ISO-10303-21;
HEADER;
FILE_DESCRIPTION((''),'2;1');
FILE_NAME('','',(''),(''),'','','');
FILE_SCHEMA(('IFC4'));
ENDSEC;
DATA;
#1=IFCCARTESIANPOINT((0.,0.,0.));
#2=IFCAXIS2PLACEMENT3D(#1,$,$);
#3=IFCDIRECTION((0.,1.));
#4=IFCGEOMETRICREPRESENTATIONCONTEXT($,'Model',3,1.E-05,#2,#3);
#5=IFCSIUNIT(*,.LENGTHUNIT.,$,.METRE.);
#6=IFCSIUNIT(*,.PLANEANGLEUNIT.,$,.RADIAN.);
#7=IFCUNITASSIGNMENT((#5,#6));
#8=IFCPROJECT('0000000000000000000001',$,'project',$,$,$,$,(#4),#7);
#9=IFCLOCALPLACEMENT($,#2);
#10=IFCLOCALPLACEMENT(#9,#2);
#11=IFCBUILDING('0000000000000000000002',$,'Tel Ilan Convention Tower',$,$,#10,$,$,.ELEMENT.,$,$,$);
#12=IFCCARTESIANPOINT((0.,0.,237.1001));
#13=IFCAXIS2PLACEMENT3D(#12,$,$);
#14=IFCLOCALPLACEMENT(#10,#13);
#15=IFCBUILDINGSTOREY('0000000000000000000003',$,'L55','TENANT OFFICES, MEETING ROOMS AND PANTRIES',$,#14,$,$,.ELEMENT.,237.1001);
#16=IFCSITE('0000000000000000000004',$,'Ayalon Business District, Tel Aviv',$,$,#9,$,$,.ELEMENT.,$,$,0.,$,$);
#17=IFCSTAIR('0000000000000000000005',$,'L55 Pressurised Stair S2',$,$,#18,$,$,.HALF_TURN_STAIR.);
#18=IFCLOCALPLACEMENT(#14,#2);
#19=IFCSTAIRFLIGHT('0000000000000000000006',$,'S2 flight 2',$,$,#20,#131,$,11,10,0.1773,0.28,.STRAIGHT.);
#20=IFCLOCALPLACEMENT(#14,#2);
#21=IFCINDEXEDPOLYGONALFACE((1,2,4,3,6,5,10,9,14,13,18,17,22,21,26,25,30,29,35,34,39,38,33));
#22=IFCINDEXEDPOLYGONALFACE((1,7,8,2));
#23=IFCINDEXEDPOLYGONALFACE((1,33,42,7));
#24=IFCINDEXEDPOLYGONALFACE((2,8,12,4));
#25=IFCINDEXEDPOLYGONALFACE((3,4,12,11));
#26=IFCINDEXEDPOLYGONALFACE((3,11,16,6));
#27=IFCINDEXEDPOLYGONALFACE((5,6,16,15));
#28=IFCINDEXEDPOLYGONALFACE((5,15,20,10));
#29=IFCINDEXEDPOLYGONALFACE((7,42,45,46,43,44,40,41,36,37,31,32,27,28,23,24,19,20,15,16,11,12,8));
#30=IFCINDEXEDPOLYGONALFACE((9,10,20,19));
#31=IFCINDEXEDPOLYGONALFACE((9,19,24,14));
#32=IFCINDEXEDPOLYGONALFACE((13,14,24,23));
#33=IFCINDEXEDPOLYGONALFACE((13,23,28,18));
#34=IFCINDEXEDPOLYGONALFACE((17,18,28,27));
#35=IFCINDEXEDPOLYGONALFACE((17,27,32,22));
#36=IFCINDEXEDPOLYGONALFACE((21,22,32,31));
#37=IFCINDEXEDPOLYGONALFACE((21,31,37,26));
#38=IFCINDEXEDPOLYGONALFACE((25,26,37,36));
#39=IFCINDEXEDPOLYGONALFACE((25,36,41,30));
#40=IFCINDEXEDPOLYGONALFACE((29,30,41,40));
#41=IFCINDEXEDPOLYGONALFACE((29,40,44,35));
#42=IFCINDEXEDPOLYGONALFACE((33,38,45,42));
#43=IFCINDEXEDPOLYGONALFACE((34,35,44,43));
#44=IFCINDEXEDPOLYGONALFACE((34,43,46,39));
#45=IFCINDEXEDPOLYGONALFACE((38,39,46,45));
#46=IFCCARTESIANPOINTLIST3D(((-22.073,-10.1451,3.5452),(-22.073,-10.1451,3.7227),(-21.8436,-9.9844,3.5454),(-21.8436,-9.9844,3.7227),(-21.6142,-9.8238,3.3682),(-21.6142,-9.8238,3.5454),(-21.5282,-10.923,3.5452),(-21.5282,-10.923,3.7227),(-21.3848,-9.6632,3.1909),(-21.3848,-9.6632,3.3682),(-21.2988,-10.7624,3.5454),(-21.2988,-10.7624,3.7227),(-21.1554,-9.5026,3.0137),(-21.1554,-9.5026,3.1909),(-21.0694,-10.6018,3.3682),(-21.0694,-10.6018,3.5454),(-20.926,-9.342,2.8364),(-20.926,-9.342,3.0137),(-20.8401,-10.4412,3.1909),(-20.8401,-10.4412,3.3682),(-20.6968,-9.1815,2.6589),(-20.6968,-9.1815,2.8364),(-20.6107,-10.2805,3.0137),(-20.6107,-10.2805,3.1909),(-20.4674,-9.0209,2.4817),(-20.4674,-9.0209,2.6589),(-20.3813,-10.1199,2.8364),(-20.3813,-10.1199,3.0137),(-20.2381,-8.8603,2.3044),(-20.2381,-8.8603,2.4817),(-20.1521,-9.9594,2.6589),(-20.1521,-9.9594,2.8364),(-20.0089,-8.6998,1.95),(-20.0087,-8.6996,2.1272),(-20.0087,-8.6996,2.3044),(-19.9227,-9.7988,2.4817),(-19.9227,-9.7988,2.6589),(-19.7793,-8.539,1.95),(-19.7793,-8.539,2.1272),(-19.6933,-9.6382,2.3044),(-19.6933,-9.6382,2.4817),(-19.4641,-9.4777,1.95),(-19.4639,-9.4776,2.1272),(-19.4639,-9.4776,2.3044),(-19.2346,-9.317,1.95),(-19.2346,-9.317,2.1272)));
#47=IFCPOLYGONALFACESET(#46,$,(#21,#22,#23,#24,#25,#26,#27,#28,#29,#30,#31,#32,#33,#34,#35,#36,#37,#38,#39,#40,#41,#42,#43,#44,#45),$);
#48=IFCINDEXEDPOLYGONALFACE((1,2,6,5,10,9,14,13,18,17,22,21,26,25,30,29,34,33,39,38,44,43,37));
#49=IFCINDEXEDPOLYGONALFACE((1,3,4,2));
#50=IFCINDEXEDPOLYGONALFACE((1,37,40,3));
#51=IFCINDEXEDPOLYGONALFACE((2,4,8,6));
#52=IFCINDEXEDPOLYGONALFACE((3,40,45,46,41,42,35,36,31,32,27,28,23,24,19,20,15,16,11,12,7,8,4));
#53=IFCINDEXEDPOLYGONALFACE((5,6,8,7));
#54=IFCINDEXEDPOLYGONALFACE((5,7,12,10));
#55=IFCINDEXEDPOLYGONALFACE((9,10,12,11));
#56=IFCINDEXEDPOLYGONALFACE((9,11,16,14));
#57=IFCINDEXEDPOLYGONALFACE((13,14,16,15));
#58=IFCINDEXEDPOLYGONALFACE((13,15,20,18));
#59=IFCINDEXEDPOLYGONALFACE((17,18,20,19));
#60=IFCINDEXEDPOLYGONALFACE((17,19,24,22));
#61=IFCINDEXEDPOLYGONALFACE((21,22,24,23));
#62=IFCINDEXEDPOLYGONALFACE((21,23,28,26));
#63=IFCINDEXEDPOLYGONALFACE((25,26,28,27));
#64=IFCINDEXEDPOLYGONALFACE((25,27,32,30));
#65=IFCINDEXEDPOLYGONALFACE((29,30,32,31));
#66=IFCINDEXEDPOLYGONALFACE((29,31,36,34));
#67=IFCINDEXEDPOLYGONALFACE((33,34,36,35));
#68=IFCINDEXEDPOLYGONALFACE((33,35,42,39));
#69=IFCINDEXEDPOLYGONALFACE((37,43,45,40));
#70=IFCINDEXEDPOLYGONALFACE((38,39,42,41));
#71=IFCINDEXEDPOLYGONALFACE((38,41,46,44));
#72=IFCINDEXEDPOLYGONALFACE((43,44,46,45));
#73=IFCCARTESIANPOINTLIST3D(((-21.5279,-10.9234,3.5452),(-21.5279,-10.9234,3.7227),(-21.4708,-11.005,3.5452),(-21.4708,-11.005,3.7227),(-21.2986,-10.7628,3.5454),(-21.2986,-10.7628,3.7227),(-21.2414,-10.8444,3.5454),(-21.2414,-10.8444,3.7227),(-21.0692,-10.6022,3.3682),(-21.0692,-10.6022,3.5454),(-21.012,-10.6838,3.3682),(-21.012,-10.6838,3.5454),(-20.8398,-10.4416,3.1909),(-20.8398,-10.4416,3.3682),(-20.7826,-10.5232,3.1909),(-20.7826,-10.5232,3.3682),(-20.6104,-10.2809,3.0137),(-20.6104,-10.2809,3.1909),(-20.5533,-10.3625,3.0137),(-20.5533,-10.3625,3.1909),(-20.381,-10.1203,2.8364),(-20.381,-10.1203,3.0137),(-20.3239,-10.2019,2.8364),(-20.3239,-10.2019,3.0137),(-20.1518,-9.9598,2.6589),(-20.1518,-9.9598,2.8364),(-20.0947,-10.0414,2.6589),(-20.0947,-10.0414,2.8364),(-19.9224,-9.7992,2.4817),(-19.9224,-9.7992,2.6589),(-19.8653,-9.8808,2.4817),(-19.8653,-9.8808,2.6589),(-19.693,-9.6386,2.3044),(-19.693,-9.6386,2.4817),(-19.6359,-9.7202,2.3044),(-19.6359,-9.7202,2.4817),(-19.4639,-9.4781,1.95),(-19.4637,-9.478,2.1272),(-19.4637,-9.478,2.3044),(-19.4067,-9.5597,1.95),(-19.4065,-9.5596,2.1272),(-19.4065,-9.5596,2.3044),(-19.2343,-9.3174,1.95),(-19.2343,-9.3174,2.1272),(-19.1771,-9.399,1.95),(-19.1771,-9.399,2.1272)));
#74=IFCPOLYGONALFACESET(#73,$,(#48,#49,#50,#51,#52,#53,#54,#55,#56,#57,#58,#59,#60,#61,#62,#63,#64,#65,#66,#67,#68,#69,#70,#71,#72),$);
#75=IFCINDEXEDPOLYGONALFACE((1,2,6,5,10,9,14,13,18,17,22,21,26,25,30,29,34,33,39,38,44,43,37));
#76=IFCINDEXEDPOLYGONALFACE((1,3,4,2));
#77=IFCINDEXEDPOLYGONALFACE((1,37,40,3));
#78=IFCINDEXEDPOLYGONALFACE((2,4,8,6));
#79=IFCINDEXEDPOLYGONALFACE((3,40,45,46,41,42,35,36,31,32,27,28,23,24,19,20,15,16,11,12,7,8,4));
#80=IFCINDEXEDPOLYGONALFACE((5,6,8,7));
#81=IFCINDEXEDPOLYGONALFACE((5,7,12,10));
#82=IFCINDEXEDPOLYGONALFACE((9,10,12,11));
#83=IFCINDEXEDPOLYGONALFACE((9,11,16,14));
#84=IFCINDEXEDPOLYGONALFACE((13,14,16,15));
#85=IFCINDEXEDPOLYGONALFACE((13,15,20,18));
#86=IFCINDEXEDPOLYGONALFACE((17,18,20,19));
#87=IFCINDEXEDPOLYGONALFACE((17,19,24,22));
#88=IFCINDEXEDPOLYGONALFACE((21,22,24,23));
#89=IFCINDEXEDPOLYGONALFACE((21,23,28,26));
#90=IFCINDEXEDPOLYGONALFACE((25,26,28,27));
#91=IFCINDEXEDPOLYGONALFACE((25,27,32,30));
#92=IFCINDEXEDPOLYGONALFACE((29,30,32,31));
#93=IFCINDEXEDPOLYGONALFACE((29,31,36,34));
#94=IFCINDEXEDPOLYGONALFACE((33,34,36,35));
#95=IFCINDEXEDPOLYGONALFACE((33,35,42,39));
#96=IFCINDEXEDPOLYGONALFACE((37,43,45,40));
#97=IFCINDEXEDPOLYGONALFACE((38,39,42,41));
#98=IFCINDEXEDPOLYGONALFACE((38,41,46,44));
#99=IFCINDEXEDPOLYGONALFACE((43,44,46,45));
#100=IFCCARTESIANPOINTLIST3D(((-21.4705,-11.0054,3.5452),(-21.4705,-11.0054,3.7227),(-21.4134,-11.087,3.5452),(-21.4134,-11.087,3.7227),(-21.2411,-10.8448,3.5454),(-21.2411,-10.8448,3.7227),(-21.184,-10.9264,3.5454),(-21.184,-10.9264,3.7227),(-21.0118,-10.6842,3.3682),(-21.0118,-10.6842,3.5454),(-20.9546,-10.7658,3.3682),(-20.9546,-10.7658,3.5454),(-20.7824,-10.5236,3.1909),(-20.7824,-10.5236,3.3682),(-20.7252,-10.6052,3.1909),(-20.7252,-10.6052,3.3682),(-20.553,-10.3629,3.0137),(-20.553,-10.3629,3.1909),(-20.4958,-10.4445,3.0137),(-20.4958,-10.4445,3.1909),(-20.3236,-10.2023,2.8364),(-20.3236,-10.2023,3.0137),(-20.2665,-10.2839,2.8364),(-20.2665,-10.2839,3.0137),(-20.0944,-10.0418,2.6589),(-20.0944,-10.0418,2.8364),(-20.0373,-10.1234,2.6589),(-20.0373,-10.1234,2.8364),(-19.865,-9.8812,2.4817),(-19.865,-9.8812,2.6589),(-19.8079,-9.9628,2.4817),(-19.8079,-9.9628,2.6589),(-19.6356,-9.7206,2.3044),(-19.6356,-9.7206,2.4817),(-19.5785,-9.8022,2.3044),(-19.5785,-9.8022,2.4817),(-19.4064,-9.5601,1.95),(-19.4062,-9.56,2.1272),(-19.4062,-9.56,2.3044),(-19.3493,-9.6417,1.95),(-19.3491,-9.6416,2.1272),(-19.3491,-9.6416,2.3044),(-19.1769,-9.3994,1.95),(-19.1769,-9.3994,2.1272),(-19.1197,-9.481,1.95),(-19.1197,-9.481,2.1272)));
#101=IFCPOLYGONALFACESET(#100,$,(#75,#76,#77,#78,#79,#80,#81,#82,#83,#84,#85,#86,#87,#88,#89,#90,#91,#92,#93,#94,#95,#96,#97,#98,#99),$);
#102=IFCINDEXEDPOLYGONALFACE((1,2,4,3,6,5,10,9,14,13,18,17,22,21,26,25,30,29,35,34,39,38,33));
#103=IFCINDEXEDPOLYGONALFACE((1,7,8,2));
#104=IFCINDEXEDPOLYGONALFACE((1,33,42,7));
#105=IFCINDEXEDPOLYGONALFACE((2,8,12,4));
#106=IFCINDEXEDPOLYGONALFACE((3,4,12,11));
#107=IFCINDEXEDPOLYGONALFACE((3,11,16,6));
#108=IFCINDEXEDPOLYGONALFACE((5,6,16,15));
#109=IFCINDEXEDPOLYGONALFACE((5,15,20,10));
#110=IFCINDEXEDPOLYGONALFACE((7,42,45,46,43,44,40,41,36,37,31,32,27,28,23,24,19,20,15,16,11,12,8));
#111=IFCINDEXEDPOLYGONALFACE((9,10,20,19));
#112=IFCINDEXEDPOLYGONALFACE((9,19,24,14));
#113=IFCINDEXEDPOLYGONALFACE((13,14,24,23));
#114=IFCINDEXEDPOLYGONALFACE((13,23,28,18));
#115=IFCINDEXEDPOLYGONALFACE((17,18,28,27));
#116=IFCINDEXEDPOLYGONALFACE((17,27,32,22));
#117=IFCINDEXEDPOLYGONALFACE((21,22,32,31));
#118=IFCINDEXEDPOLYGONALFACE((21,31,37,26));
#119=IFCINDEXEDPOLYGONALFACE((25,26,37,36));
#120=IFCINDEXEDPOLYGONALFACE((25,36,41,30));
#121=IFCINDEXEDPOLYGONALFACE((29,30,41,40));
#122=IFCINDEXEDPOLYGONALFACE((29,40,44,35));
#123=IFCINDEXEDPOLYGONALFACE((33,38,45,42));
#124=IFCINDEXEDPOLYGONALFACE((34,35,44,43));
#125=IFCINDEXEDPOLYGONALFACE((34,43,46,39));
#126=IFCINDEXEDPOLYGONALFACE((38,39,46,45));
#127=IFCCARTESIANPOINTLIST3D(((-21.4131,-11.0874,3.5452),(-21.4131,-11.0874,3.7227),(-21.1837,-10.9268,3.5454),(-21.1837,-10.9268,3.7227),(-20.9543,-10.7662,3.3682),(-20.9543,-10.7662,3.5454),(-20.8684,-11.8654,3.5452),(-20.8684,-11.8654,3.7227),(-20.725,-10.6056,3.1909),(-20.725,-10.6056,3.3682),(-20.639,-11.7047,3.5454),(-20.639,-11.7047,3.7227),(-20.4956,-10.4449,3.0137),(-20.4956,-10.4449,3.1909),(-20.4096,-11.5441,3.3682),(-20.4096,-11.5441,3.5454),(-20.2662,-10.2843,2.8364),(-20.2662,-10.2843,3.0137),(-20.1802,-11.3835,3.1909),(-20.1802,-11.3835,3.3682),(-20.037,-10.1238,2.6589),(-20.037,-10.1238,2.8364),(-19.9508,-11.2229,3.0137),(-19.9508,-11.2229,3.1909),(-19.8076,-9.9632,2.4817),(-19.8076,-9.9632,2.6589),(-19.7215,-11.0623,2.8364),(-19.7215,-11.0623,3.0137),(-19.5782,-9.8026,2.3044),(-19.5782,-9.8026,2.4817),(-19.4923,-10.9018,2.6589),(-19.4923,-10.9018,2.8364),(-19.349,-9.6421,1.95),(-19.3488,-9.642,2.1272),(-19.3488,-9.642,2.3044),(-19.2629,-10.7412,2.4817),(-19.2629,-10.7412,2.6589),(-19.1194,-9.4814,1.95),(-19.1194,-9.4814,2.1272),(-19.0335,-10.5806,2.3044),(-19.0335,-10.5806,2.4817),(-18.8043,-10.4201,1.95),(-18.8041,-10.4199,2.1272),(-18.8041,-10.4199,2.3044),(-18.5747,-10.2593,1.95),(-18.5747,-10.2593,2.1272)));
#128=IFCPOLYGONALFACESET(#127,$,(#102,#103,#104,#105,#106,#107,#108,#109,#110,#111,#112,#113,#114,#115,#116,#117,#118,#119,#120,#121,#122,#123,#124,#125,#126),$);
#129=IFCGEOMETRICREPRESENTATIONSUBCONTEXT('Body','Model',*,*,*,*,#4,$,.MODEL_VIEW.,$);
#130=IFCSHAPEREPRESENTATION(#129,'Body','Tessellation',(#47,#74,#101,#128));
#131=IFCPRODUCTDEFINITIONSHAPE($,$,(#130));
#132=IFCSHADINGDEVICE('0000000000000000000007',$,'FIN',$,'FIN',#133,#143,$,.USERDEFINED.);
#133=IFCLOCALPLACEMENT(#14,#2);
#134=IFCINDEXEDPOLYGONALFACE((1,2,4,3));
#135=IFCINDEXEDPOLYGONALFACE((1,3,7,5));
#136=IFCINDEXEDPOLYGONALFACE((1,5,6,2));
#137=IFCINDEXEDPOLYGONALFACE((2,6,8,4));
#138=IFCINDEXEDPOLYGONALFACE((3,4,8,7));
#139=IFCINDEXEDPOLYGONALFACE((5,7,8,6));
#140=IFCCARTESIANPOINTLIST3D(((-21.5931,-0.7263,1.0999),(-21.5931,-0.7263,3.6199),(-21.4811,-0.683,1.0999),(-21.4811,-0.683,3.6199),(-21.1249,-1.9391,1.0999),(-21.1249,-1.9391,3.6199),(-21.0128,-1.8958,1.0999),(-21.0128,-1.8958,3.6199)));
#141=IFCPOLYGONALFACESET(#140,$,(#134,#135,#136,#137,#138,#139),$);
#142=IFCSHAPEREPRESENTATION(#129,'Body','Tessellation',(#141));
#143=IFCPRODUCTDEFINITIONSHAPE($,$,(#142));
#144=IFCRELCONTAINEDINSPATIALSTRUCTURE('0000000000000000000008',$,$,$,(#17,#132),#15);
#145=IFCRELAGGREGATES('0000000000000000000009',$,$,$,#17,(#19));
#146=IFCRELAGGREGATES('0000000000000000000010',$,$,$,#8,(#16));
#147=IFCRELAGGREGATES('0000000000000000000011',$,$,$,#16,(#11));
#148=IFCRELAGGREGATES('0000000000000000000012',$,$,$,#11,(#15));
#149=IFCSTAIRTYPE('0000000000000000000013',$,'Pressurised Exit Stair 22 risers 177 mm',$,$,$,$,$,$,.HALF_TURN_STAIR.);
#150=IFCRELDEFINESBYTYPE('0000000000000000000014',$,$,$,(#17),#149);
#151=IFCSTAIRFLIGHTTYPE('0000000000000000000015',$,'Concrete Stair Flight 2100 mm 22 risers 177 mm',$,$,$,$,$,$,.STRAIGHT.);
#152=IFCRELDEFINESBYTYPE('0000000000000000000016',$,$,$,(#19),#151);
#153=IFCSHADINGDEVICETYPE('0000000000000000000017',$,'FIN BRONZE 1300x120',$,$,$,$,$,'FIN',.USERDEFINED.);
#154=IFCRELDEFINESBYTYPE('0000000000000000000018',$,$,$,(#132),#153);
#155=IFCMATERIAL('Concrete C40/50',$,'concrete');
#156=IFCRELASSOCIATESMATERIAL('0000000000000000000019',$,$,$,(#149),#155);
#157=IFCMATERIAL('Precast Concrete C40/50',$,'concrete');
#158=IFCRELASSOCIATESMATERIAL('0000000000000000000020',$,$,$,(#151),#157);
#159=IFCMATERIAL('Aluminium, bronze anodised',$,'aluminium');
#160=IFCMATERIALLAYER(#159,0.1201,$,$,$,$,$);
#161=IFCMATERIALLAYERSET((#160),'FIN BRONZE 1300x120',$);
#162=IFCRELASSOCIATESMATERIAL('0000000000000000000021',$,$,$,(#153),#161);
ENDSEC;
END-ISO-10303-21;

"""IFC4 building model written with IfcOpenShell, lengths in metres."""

from ifc_helpers import new_model, si_unit, direction, frame, origin, origin_2d, place, context, subcontext, project, spatial, polyline, rectangle, outline, extrude, material, layer, layer_set, type_object, element, aggregate, save


model = new_model("IFC4")

# Units and contexts
model_context = context("Model", 3, precision=1e-05, world=origin(), true_north=direction((0.0, 1.0)))
body_context = subcontext(model_context, "Body", "Model", "MODEL_VIEW")
ifc_project = project(units=[si_unit("LENGTHUNIT", "METRE"), si_unit("PLANEANGLEUNIT", "RADIAN")], contexts=[model_context])

# Site, building, storey
site_placement = place(None, origin())
site = spatial("IfcSite", under=ifc_project, at=site_placement, Name="Ayalon Business District, Tel Aviv", CompositionType="ELEMENT", RefElevation=0.0)
building_placement = place(site_placement, origin())
building = spatial("IfcBuilding", under=site, at=building_placement, Name="Tel Ilan Convention Tower", CompositionType="ELEMENT")
storey_placement = place(building_placement, frame((0.0, 0.0, 237.1001)))
storey = spatial("IfcBuildingStorey", under=building, at=storey_placement, Name="L55", Description="TENANT OFFICES, MEETING ROOMS AND PANTRIES", CompositionType="ELEMENT", Elevation=237.1001)

# Stair, stair flight
ifc_material_1 = material(Name="Concrete C40/50", Category="concrete")
stair_type = type_object("IfcStairType", Name="Pressurised Exit Stair 22 risers 177 mm", PredefinedType="HALF_TURN_STAIR", material=ifc_material_1)
ifc_material_2 = material(Name="Precast Concrete C40/50", Category="concrete")
stair_flight_type = type_object("IfcStairFlightType", Name="Concrete Stair Flight 2100 mm 22 risers 177 mm", PredefinedType="STRAIGHT", material=ifc_material_2)
stair_1_placement = place(storey_placement, origin())
stair_1 = element("IfcStair", 1, at=stair_1_placement, inside=storey, type_object=stair_type, Name="L55 Pressurised Stair S2", PredefinedType="HALF_TURN_STAIR")
stair_flight_1_placement = place(storey_placement, frame((-19.177, -9.3992, 1.95), z_axis=(0.0, 0.0, 1.0), x_axis=(-0.819152, -0.573576, 0.0)))
stair_flight_1 = element("IfcStairFlight", 2, at=stair_flight_1_placement, type_object=stair_flight_type, Name="S2 flight 2", NumberOfRisers=11, NumberOfTreads=10, PredefinedType="STRAIGHT", RiserHeight=0.1773, TreadLength=0.28, context=body_context, shape_type="SweptSolid", body=[
    extrude(outline(polyline([(0.0, 0.0), (0.0, 0.1772), (0.28, 0.1772), (0.28, 0.3545), (0.5601, 0.3545), (0.5601, 0.5317), (0.8401, 0.5317), (0.8401, 0.709), (1.1201, 0.709), (1.1201, 0.8865), (1.3999, 0.8865), (1.3999, 1.0637), (1.6799, 1.0637), (1.6799, 1.241), (1.96, 1.241), (1.96, 1.4182), (2.24, 1.4182), (2.24, 1.5955), (2.52, 1.5955), (2.52, 1.7727), (2.8, 1.7727), (2.8, 1.95), (2.8, 1.5952), (0.2803, 0.0), (0.0, 0.0)])), frame((0.0, -0.1003, 0.0), z_axis=(0.0, -1.0, 0.0), x_axis=(1.0, 0.0, 0.0)), (0.0, 0.0, 1.0), 0.9497),
    extrude(outline(polyline([(0.0, 0.0), (0.0, 0.1772), (0.28, 0.1772), (0.28, 0.3545), (0.5601, 0.3545), (0.5601, 0.5317), (0.8401, 0.5317), (0.8401, 0.709), (1.1201, 0.709), (1.1201, 0.8865), (1.3999, 0.8865), (1.3999, 1.0637), (1.6799, 1.0637), (1.6799, 1.241), (1.96, 1.241), (1.96, 1.4182), (2.24, 1.4182), (2.24, 1.5955), (2.52, 1.5955), (2.52, 1.7727), (2.8, 1.7727), (2.8, 1.95), (2.8, 1.5952), (0.2803, 0.0), (0.0, 0.0)])), frame((0.0, -0.0002, 0.0), z_axis=(0.0, -1.0, 0.0), x_axis=(1.0, 0.0, 0.0)), (0.0, 0.0, 1.0), 0.0996),
    extrude(outline(polyline([(0.0, 0.0), (0.0, 0.1772), (0.28, 0.1772), (0.28, 0.3545), (0.5601, 0.3545), (0.5601, 0.5317), (0.8401, 0.5317), (0.8401, 0.709), (1.1201, 0.709), (1.1201, 0.8865), (1.3999, 0.8865), (1.3999, 1.0637), (1.6799, 1.0637), (1.6799, 1.241), (1.96, 1.241), (1.96, 1.4182), (2.24, 1.4182), (2.24, 1.5955), (2.52, 1.5955), (2.52, 1.7727), (2.8, 1.7727), (2.8, 1.95), (2.8, 1.5952), (0.2803, 0.0), (0.0, 0.0)])), frame((0.0, 0.0999, 0.0), z_axis=(0.0, -1.0, 0.0), x_axis=(1.0, 0.0, 0.0)), (0.0, 0.0, 1.0), 0.0996),
    extrude(outline(polyline([(0.0, 0.0), (0.0, 0.1772), (0.28, 0.1772), (0.28, 0.3545), (0.5601, 0.3545), (0.5601, 0.5317), (0.8401, 0.5317), (0.8401, 0.709), (1.1201, 0.709), (1.1201, 0.8865), (1.3999, 0.8865), (1.3999, 1.0637), (1.6799, 1.0637), (1.6799, 1.241), (1.96, 1.241), (1.96, 1.4182), (2.24, 1.4182), (2.24, 1.5955), (2.52, 1.5955), (2.52, 1.7727), (2.8, 1.7727), (2.8, 1.95), (2.8, 1.5952), (0.2803, 0.0), (0.0, 0.0)])), frame((0.0, 1.05, 0.0), z_axis=(0.0, -1.0, 0.0), x_axis=(1.0, 0.0, 0.0)), (0.0, 0.0, 1.0), 0.9497),
])
aggregate(stair_1, [stair_flight_1])

# Shading device
ifc_material_3 = material(Name="Aluminium, bronze anodised", Category="aluminium")
ifc_layer_1 = layer(ifc_material_3, 0.1201)
ifc_layer_set_1 = layer_set([ifc_layer_1], Name="FIN BRONZE 1300x120")
shading_device_type = type_object("IfcShadingDeviceType", Name="FIN BRONZE 1300x120", ElementType="FIN", PredefinedType="USERDEFINED", material=ifc_layer_set_1)
shading_device_placement = place(storey_placement, frame((-21.303, -1.311, 1.0999), z_axis=(0.0, 0.0, 1.0), x_axis=(-0.360178, 0.932884, 0.0)))
element("IfcShadingDevice", 3, at=shading_device_placement, inside=storey, type_object=shading_device_type, Name="FIN", ObjectType="FIN", PredefinedType="USERDEFINED", context=body_context, shape_type="SweptSolid", body=[
    extrude(rectangle(XDim=1.3, YDim=0.1201, at=origin_2d()), origin(), (0.0, 0.0, 1.0), 2.52),
])

save(model, "model.ifc")
